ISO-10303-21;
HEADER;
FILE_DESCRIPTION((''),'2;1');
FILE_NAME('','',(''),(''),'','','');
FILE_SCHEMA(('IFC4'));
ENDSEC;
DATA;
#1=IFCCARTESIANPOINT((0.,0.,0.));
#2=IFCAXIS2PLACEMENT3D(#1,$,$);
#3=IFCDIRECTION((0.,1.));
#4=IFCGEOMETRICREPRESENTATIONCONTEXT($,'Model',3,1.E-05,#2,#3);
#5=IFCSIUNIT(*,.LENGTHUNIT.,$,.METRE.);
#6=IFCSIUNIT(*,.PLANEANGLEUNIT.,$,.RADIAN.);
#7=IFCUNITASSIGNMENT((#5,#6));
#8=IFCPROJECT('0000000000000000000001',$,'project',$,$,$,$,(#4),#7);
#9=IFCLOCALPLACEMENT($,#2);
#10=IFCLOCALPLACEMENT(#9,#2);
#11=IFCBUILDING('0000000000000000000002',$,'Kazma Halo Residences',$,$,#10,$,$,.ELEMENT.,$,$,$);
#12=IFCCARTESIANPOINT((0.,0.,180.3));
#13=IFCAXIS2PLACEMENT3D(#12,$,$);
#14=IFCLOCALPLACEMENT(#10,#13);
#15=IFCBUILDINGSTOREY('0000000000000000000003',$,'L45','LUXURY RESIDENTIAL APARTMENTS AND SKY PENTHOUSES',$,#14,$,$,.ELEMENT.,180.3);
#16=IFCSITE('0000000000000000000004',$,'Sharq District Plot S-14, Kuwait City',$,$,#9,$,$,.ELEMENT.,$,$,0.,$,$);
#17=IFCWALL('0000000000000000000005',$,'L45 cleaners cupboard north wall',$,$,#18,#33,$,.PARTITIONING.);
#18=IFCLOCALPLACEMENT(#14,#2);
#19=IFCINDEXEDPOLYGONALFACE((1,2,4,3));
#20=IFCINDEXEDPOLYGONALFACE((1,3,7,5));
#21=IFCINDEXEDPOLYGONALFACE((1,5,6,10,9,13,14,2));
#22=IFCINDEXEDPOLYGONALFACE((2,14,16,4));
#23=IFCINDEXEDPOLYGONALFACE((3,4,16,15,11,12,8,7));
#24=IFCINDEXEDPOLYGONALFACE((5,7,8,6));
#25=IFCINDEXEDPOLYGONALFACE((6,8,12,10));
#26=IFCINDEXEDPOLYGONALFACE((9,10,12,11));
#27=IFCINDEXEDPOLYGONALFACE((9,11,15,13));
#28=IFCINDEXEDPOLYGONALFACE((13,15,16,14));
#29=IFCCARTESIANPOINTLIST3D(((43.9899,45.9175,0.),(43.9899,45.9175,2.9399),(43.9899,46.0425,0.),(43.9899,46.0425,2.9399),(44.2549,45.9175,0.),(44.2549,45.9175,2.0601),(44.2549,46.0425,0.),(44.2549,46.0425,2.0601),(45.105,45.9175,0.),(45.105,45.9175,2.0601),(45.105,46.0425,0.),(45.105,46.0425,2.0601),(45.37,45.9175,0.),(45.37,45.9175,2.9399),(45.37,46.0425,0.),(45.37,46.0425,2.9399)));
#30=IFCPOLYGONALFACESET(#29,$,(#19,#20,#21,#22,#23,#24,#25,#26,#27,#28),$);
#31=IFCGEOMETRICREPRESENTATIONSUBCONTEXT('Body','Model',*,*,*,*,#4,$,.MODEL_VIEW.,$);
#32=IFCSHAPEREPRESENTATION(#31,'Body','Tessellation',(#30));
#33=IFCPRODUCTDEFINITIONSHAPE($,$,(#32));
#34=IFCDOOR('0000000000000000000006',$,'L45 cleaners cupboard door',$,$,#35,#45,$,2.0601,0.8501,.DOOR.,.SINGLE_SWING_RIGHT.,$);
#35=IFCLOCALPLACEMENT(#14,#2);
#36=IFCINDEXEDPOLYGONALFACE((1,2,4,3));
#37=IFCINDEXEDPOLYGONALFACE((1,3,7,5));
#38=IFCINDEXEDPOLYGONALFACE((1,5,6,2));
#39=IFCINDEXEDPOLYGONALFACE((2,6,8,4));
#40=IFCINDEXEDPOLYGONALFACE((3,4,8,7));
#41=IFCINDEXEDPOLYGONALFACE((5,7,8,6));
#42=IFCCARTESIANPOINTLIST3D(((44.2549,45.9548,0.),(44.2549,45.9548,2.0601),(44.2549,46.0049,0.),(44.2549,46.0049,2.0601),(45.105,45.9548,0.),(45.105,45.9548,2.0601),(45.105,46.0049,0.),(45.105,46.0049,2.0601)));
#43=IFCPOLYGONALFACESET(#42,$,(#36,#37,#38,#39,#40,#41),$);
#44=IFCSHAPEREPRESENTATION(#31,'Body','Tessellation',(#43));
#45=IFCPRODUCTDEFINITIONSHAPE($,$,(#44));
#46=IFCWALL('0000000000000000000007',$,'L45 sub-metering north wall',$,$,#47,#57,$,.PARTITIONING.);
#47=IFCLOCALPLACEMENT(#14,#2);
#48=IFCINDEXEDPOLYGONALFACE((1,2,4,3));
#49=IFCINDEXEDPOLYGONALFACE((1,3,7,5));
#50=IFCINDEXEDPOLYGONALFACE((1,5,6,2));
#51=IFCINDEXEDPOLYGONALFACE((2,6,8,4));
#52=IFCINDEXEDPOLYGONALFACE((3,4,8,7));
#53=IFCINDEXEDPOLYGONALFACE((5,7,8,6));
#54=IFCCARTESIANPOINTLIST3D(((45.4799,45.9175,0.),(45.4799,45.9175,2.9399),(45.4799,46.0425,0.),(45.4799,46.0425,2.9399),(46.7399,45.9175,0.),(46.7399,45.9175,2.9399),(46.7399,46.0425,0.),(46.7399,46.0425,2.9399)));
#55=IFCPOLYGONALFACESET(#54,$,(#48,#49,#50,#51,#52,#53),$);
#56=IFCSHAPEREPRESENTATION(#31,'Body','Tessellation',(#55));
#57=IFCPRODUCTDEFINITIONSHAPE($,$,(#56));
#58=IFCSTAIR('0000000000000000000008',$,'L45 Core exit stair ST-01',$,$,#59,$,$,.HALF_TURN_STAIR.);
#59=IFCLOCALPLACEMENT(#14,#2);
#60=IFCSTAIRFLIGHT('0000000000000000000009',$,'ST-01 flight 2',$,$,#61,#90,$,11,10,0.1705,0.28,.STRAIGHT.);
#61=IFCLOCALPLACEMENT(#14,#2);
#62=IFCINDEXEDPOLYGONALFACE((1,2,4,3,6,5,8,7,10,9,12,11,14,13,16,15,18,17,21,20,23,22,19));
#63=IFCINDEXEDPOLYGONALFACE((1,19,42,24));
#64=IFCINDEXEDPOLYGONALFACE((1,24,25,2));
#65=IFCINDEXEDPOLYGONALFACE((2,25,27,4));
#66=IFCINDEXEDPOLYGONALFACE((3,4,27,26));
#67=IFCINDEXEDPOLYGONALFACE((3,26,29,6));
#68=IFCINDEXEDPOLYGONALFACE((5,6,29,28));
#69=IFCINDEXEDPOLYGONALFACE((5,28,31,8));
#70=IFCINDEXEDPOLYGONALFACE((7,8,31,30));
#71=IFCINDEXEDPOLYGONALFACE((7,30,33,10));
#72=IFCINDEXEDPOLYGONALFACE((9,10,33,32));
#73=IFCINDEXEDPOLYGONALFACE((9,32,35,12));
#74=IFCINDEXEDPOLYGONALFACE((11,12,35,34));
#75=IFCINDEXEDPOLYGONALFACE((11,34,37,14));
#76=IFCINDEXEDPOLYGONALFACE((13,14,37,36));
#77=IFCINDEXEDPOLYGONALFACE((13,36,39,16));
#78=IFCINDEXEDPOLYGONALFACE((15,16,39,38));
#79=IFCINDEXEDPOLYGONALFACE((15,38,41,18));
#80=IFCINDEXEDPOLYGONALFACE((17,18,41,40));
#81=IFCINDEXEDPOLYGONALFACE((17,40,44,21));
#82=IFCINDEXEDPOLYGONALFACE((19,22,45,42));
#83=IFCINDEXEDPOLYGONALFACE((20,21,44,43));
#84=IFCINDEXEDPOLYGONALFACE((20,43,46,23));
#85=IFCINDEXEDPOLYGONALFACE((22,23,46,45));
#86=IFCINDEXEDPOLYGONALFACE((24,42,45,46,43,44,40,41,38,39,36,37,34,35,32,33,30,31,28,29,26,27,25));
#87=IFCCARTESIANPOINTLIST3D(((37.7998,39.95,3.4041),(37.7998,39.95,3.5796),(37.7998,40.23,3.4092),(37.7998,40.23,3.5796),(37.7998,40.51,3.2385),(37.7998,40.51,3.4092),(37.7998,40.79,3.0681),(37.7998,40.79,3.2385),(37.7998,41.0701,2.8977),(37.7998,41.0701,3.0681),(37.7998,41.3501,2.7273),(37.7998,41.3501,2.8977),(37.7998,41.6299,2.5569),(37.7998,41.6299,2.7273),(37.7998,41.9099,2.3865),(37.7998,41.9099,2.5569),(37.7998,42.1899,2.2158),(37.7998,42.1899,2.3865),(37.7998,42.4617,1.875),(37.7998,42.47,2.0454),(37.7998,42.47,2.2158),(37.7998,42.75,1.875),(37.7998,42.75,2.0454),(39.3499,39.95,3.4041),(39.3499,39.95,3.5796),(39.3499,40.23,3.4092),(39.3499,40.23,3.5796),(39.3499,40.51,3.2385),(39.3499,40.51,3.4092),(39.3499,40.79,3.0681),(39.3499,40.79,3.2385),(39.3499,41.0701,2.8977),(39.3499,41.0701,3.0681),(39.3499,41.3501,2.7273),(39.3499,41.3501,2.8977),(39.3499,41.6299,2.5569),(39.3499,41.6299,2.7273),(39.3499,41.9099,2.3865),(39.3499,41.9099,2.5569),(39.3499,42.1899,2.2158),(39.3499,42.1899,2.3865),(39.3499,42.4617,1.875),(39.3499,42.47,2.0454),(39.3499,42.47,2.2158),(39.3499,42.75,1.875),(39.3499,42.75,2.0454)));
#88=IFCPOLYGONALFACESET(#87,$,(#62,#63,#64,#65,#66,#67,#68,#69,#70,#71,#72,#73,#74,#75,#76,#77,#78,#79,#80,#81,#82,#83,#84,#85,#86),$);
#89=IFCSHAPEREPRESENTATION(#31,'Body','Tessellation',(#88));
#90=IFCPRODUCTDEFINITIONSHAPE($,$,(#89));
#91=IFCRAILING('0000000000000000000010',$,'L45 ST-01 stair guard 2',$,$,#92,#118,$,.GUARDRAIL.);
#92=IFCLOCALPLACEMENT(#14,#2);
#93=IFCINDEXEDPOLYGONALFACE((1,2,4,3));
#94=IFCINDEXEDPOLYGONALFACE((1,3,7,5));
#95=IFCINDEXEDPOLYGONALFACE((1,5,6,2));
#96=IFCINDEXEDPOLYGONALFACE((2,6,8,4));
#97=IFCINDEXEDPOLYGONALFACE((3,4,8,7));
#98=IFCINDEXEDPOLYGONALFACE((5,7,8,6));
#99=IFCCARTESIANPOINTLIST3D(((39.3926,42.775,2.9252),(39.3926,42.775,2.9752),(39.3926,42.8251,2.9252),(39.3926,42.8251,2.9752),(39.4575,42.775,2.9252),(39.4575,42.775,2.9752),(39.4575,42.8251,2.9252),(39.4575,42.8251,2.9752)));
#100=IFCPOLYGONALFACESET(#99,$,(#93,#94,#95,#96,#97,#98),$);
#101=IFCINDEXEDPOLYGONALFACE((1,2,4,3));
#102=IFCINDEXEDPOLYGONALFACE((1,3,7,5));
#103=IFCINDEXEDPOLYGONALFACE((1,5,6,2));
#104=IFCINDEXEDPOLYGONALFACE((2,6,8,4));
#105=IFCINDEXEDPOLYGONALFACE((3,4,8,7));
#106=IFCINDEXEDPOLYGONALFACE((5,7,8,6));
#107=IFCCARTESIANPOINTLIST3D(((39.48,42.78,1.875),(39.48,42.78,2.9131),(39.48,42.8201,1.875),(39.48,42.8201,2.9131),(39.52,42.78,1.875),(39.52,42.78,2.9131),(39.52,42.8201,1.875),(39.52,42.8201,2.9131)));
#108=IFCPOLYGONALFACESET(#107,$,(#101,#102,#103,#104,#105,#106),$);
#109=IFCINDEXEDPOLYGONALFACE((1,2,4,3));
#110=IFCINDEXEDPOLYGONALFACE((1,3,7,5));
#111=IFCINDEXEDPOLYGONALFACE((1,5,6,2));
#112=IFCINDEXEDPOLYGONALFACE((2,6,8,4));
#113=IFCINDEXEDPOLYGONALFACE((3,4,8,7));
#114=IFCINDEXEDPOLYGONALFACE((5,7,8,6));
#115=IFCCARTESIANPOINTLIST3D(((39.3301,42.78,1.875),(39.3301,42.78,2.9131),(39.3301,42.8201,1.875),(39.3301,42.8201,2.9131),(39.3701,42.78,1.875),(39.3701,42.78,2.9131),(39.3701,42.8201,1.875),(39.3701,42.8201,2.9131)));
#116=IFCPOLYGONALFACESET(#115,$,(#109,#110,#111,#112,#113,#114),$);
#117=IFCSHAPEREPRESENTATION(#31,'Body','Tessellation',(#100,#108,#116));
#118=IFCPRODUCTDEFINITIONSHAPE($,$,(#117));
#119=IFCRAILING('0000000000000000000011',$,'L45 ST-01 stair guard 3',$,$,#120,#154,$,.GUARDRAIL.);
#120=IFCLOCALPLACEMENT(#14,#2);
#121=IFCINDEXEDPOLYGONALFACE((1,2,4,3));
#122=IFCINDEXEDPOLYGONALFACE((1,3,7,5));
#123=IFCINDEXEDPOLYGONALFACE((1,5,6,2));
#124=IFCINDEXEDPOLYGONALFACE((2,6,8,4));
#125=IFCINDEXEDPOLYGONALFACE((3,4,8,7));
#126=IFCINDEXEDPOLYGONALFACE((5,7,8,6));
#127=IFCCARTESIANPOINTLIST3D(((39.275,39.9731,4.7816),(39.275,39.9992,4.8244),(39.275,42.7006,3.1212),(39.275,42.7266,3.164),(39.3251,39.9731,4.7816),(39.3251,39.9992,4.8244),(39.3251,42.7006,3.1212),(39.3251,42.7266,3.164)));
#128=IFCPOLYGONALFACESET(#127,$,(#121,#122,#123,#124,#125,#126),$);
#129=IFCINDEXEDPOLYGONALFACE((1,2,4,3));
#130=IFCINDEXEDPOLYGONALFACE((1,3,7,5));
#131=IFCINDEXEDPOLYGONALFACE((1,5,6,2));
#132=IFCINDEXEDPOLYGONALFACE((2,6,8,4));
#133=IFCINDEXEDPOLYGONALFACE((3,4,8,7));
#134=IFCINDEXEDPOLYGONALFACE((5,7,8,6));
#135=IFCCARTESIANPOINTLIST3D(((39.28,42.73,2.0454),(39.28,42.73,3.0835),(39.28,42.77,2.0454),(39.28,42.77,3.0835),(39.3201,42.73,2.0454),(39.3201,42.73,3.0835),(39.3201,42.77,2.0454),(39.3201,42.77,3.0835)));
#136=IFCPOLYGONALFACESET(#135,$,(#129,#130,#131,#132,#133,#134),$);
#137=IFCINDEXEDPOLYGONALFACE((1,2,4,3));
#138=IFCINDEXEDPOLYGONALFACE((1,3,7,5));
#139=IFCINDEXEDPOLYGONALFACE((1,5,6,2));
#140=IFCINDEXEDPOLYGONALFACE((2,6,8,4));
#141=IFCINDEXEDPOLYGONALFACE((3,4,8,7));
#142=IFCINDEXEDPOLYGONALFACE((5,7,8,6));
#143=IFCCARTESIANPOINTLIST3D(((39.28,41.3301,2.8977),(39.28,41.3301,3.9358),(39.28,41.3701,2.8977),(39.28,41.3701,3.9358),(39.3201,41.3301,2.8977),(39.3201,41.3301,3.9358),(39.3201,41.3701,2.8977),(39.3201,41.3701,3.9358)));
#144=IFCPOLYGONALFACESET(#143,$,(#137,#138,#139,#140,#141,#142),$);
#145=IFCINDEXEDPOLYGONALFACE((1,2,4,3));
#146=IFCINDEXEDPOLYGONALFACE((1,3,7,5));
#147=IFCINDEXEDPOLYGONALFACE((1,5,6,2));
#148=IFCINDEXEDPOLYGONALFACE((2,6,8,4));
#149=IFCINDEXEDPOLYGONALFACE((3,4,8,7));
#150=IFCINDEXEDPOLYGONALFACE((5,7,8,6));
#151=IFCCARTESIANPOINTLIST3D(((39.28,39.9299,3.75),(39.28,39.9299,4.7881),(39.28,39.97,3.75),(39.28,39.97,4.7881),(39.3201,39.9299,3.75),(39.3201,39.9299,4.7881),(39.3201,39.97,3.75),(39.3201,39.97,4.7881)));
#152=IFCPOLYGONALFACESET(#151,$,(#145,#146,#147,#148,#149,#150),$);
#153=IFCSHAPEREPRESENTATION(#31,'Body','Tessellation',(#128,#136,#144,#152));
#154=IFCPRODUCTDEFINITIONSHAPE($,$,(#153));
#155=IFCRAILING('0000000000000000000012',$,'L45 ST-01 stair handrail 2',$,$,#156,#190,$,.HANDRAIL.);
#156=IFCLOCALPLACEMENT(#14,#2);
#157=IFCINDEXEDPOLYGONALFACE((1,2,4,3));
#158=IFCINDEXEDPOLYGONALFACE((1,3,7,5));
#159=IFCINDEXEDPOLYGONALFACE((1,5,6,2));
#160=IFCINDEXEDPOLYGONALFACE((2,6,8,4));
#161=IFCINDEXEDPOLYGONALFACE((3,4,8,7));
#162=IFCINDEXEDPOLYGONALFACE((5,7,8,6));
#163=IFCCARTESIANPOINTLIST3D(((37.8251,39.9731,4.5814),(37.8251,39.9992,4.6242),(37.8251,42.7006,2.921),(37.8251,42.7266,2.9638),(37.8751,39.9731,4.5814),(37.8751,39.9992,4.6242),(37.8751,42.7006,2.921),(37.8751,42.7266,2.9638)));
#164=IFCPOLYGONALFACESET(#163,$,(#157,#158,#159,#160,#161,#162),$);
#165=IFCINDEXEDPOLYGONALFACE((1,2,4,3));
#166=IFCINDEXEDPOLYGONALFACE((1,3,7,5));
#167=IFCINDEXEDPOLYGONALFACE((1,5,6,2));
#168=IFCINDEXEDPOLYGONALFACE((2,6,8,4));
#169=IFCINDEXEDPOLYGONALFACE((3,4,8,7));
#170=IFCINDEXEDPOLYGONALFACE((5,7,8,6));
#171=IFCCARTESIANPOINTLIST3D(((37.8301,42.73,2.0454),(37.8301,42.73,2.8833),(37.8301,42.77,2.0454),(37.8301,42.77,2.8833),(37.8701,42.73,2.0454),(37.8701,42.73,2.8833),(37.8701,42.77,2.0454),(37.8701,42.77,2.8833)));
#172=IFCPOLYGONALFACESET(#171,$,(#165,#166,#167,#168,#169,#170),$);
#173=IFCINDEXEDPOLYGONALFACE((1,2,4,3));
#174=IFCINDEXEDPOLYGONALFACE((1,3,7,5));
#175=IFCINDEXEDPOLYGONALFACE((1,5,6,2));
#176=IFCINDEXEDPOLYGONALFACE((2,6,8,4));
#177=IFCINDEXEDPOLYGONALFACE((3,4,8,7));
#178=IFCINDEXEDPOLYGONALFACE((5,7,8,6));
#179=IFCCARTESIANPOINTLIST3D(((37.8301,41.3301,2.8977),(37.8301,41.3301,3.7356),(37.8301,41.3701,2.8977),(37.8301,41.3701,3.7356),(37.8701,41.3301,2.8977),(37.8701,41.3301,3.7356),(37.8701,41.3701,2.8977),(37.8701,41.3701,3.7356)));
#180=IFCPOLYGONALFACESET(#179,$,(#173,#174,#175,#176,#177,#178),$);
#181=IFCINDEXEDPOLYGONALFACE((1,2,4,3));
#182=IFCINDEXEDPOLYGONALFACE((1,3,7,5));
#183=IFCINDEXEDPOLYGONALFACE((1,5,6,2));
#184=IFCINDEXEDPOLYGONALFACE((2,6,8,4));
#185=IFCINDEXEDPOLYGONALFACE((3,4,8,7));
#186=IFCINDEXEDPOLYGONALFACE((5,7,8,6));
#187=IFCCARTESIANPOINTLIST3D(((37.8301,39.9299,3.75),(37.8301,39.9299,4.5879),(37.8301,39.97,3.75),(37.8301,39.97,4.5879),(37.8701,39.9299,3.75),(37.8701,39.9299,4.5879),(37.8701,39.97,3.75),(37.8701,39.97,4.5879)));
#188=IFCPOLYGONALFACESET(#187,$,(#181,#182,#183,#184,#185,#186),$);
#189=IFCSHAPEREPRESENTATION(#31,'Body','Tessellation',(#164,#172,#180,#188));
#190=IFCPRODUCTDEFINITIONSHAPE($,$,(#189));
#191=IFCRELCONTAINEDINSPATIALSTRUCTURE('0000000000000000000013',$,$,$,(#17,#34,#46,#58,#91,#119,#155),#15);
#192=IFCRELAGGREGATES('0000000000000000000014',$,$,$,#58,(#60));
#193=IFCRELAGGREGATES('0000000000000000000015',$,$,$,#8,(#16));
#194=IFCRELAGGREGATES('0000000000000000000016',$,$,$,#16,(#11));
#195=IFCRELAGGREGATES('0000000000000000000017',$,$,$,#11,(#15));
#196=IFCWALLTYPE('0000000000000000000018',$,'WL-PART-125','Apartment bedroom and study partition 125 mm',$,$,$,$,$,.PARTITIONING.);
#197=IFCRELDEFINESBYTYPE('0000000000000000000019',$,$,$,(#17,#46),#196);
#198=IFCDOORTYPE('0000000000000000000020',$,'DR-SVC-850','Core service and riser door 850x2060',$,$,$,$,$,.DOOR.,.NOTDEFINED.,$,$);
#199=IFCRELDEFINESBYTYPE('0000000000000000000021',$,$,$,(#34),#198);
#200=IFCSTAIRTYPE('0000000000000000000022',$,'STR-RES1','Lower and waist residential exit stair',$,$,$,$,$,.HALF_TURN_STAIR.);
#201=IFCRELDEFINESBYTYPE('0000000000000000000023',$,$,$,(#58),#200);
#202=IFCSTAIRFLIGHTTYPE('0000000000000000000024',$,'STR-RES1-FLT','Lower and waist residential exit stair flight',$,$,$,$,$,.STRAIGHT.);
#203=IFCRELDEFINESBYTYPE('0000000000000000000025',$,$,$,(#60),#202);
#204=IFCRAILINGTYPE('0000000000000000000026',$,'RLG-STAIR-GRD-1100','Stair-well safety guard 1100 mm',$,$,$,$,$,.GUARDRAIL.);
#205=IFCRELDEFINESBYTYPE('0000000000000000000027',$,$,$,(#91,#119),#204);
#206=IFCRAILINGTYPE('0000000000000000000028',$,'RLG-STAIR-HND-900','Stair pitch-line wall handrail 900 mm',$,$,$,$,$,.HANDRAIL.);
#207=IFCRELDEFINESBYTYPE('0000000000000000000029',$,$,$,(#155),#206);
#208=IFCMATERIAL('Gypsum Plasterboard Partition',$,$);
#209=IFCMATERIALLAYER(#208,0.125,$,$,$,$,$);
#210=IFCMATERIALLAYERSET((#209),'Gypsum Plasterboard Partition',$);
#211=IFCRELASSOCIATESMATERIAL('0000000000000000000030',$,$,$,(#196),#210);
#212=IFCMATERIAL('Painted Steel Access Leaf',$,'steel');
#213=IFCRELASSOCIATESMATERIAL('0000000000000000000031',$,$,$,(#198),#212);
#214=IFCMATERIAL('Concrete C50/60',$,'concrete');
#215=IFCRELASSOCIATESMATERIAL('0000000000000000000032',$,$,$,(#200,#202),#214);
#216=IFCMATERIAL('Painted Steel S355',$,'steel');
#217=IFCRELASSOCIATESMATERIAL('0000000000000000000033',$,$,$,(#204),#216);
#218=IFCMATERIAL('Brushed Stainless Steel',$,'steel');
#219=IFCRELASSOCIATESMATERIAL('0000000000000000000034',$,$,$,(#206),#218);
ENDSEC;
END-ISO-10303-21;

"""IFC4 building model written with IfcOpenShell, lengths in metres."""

from ifc_helpers import new_model, si_unit, direction, frame, frame_2d, origin, origin_2d, place, context, subcontext, project, spatial, polyline, rectangle, outline, extrude, material, layer, layer_set, type_object, element, fill, aggregate, save


model = new_model("IFC4")

# Units and contexts
model_context = context("Model", 3, precision=1e-05, world=origin(), true_north=direction((0.0, 1.0)))
body_context = subcontext(model_context, "Body", "Model", "MODEL_VIEW")
ifc_project = project(units=[si_unit("LENGTHUNIT", "METRE"), si_unit("PLANEANGLEUNIT", "RADIAN")], contexts=[model_context])

# Site, building, storey
site_placement = place(None, origin())
site = spatial("IfcSite", under=ifc_project, at=site_placement, Name="Sharq District Plot S-14, Kuwait City", CompositionType="ELEMENT", RefElevation=0.0)
building_placement = place(site_placement, origin())
building = spatial("IfcBuilding", under=site, at=building_placement, Name="Kazma Halo Residences", CompositionType="ELEMENT")
storey_placement = place(building_placement, frame((0.0, 0.0, 180.3)))
storey = spatial("IfcBuildingStorey", under=building, at=storey_placement, Name="L45", Description="LUXURY RESIDENTIAL APARTMENTS AND SKY PENTHOUSES", CompositionType="ELEMENT", Elevation=180.3)

# Shared definitions
ifc_material_1 = material(Name="Gypsum Plasterboard Partition")
ifc_layer_1 = layer(ifc_material_1, 0.125)
ifc_layer_set_1 = layer_set([ifc_layer_1], Name="Gypsum Plasterboard Partition")
wall_type_1 = type_object("IfcWallType", Name="WL-PART-125", Description="Apartment bedroom and study partition 125 mm", PredefinedType="PARTITIONING", material=ifc_layer_set_1)

# Wall, opening, door
wall_1_placement = place(storey_placement, frame((43.99, 45.98, 0.0), z_axis=(0.0, 0.0, 1.0), x_axis=(1.0, 0.0, 0.0)))
wall_1 = element("IfcWall", 1, at=wall_1_placement, inside=storey, type_object=wall_type_1, Name="L45 cleaners cupboard north wall", PredefinedType="PARTITIONING", context=body_context, shape_type="SweptSolid", body=[
    extrude(rectangle(XDim=1.3801, YDim=0.125, at=frame_2d((0.6899, 0.0))), origin(), (0.0, 0.0, 1.0), 2.9399),
])
opening_1_placement = place(wall_1_placement, frame((0.2649, 0.0, 0.0)))
opening_1 = element("IfcOpeningElement", 2, at=opening_1_placement, cuts=wall_1, PredefinedType="OPENING", context=body_context, shape_type="SweptSolid", body=[
    extrude(rectangle(XDim=0.8501, YDim=2.0601, at=frame_2d((0.425, 1.03))), frame((0.0, 0.0725, 0.0), z_axis=(0.0, -1.0, 0.0), x_axis=(1.0, 0.0, 0.0)), (0.0, 0.0, 1.0), 0.145),
])
ifc_material_2 = material(Name="Painted Steel Access Leaf", Category="steel")
door_type_1 = type_object("IfcDoorType", Name="DR-SVC-850", Description="Core service and riser door 850x2060", OperationType="NOTDEFINED", PredefinedType="DOOR", material=ifc_material_2)
door_1_placement = place(opening_1_placement, origin())
door_1 = element("IfcDoor", 3, at=door_1_placement, inside=storey, type_object=door_type_1, Name="L45 cleaners cupboard door", OperationType="SINGLE_SWING_RIGHT", OverallHeight=2.0601, OverallWidth=0.8501, PredefinedType="DOOR", context=body_context, shape_type="SweptSolid", body=[
    extrude(rectangle(XDim=0.8501, YDim=2.0601, at=frame_2d((0.425, 1.03))), frame((0.0, 0.0249, 0.0), z_axis=(0.0, -1.0, 0.0), x_axis=(1.0, 0.0, 0.0)), (0.0, 0.0, 1.0), 0.05),
])
fill(opening_1, door_1)

# Wall
wall_2_placement = place(storey_placement, frame((45.48, 45.98, 0.0), z_axis=(0.0, 0.0, 1.0), x_axis=(1.0, 0.0, 0.0)))
element("IfcWall", 4, at=wall_2_placement, inside=storey, type_object=wall_type_1, Name="L45 sub-metering north wall", PredefinedType="PARTITIONING", context=body_context, shape_type="SweptSolid", body=[
    extrude(rectangle(XDim=1.26, YDim=0.125, at=frame_2d((0.6299, 0.0))), origin(), (0.0, 0.0, 1.0), 2.9399),
])

# Stair, stair flight
ifc_material_3 = material(Name="Concrete C50/60", Category="concrete")
stair_type = type_object("IfcStairType", Name="STR-RES1", Description="Lower and waist residential exit stair", PredefinedType="HALF_TURN_STAIR", material=ifc_material_3)
stair_placement = place(storey_placement, origin())
stair = element("IfcStair", 5, at=stair_placement, inside=storey, type_object=stair_type, Name="L45 Core exit stair ST-01", PredefinedType="HALF_TURN_STAIR")
stair_flight_type = type_object("IfcStairFlightType", Name="STR-RES1-FLT", Description="Lower and waist residential exit stair flight", PredefinedType="STRAIGHT", material=ifc_material_3)
stair_flight_placement = place(storey_placement, frame((38.575, 42.75, 1.875), z_axis=(0.0, 0.0, 1.0), x_axis=(0.0, -1.0, 0.0)))
stair_flight = element("IfcStairFlight", 6, at=stair_flight_placement, type_object=stair_flight_type, Name="ST-01 flight 2", NumberOfRisers=11, NumberOfTreads=10, PredefinedType="STRAIGHT", RiserHeight=0.1705, TreadLength=0.28, context=body_context, shape_type="SweptSolid", body=[
    extrude(outline(polyline([(0.0, 0.0), (0.0, 0.1704), (0.28, 0.1704), (0.28, 0.3408), (0.5601, 0.3408), (0.5601, 0.5115), (0.8401, 0.5115), (0.8401, 0.6819), (1.1201, 0.6819), (1.1201, 0.8523), (1.3999, 0.8523), (1.3999, 1.0227), (1.6799, 1.0227), (1.6799, 1.1931), (1.96, 1.1931), (1.96, 1.3635), (2.24, 1.3635), (2.24, 1.5342), (2.52, 1.5342), (2.52, 1.7046), (2.8, 1.7046), (2.8, 1.875), (2.8, 1.5291), (0.2883, 0.0), (0.0, 0.0)])), frame((0.0, 0.7749, 0.0), z_axis=(0.0, -1.0, 0.0), x_axis=(1.0, 0.0, 0.0)), (0.0, 0.0, 1.0), 1.55),
])
aggregate(stair, [stair_flight])

# Railings
ifc_material_4 = material(Name="Painted Steel S355", Category="steel")
railing_type_1 = type_object("IfcRailingType", Name="RLG-STAIR-GRD-1100", Description="Stair-well safety guard 1100 mm", PredefinedType="GUARDRAIL", material=ifc_material_4)
railing_1_placement = place(storey_placement, frame((39.5, 42.8, 1.875)))
element("IfcRailing", 7, at=railing_1_placement, inside=storey, type_object=railing_type_1, Name="L45 ST-01 stair guard 2", PredefinedType="GUARDRAIL", context=body_context, shape_type="SweptSolid", body=[
    extrude(rectangle(XDim=0.05, YDim=0.05, at=origin_2d()), frame((-0.0425, 0.0, 1.0752), z_axis=(-1.0, 0.0, 0.0), x_axis=(0.0, -1.0, 0.0)), (0.0, 0.0, 1.0), 0.0649),
    extrude(rectangle(XDim=0.04, YDim=0.04, at=origin_2d()), origin(), (0.0, 0.0, 1.0), 1.0381),
    extrude(rectangle(XDim=0.04, YDim=0.04, at=origin_2d()), frame((-0.1499, 0.0, 0.0)), (0.0, 0.0, 1.0), 1.0381),
])
railing_2_placement = place(storey_placement, frame((39.3, 42.75, 2.0454)))
element("IfcRailing", 8, at=railing_2_placement, inside=storey, type_object=railing_type_1, Name="L45 ST-01 stair guard 3", PredefinedType="GUARDRAIL", context=body_context, shape_type="SweptSolid", body=[
    extrude(rectangle(XDim=0.05, YDim=0.05, at=origin_2d()), frame((0.0, -0.0364, 1.0972), z_axis=(0.0, -0.85417, 0.519994), x_axis=(1.0, 0.0, 0.0)), (0.0, 0.0, 1.0), 3.1931),
    extrude(rectangle(XDim=0.04, YDim=0.04, at=origin_2d()), origin(), (0.0, 0.0, 1.0), 1.0381),
    extrude(rectangle(XDim=0.04, YDim=0.04, at=origin_2d()), frame((0.0, -1.3999, 0.8523)), (0.0, 0.0, 1.0), 1.0381),
    extrude(rectangle(XDim=0.04, YDim=0.04, at=origin_2d()), frame((0.0, -2.8, 1.7046)), (0.0, 0.0, 1.0), 1.0381),
])
ifc_material_5 = material(Name="Brushed Stainless Steel", Category="steel")
railing_type_2 = type_object("IfcRailingType", Name="RLG-STAIR-HND-900", Description="Stair pitch-line wall handrail 900 mm", PredefinedType="HANDRAIL", material=ifc_material_5)
railing_3_placement = place(storey_placement, frame((37.8501, 42.75, 2.0454)))
element("IfcRailing", 9, at=railing_3_placement, inside=storey, type_object=railing_type_2, Name="L45 ST-01 stair handrail 2", PredefinedType="HANDRAIL", context=body_context, shape_type="SweptSolid", body=[
    extrude(rectangle(XDim=0.05, YDim=0.05, at=origin_2d()), frame((0.0, -0.0364, 0.897), z_axis=(0.0, -0.85417, 0.519994), x_axis=(1.0, 0.0, 0.0)), (0.0, 0.0, 1.0), 3.1931),
    extrude(rectangle(XDim=0.04, YDim=0.04, at=origin_2d()), origin(), (0.0, 0.0, 1.0), 0.8379),
    extrude(rectangle(XDim=0.04, YDim=0.04, at=origin_2d()), frame((0.0, -1.3999, 0.8523)), (0.0, 0.0, 1.0), 0.8379),
    extrude(rectangle(XDim=0.04, YDim=0.04, at=origin_2d()), frame((0.0, -2.8, 1.7046)), (0.0, 0.0, 1.0), 0.8379),
])

save(model, "model.ifc")
